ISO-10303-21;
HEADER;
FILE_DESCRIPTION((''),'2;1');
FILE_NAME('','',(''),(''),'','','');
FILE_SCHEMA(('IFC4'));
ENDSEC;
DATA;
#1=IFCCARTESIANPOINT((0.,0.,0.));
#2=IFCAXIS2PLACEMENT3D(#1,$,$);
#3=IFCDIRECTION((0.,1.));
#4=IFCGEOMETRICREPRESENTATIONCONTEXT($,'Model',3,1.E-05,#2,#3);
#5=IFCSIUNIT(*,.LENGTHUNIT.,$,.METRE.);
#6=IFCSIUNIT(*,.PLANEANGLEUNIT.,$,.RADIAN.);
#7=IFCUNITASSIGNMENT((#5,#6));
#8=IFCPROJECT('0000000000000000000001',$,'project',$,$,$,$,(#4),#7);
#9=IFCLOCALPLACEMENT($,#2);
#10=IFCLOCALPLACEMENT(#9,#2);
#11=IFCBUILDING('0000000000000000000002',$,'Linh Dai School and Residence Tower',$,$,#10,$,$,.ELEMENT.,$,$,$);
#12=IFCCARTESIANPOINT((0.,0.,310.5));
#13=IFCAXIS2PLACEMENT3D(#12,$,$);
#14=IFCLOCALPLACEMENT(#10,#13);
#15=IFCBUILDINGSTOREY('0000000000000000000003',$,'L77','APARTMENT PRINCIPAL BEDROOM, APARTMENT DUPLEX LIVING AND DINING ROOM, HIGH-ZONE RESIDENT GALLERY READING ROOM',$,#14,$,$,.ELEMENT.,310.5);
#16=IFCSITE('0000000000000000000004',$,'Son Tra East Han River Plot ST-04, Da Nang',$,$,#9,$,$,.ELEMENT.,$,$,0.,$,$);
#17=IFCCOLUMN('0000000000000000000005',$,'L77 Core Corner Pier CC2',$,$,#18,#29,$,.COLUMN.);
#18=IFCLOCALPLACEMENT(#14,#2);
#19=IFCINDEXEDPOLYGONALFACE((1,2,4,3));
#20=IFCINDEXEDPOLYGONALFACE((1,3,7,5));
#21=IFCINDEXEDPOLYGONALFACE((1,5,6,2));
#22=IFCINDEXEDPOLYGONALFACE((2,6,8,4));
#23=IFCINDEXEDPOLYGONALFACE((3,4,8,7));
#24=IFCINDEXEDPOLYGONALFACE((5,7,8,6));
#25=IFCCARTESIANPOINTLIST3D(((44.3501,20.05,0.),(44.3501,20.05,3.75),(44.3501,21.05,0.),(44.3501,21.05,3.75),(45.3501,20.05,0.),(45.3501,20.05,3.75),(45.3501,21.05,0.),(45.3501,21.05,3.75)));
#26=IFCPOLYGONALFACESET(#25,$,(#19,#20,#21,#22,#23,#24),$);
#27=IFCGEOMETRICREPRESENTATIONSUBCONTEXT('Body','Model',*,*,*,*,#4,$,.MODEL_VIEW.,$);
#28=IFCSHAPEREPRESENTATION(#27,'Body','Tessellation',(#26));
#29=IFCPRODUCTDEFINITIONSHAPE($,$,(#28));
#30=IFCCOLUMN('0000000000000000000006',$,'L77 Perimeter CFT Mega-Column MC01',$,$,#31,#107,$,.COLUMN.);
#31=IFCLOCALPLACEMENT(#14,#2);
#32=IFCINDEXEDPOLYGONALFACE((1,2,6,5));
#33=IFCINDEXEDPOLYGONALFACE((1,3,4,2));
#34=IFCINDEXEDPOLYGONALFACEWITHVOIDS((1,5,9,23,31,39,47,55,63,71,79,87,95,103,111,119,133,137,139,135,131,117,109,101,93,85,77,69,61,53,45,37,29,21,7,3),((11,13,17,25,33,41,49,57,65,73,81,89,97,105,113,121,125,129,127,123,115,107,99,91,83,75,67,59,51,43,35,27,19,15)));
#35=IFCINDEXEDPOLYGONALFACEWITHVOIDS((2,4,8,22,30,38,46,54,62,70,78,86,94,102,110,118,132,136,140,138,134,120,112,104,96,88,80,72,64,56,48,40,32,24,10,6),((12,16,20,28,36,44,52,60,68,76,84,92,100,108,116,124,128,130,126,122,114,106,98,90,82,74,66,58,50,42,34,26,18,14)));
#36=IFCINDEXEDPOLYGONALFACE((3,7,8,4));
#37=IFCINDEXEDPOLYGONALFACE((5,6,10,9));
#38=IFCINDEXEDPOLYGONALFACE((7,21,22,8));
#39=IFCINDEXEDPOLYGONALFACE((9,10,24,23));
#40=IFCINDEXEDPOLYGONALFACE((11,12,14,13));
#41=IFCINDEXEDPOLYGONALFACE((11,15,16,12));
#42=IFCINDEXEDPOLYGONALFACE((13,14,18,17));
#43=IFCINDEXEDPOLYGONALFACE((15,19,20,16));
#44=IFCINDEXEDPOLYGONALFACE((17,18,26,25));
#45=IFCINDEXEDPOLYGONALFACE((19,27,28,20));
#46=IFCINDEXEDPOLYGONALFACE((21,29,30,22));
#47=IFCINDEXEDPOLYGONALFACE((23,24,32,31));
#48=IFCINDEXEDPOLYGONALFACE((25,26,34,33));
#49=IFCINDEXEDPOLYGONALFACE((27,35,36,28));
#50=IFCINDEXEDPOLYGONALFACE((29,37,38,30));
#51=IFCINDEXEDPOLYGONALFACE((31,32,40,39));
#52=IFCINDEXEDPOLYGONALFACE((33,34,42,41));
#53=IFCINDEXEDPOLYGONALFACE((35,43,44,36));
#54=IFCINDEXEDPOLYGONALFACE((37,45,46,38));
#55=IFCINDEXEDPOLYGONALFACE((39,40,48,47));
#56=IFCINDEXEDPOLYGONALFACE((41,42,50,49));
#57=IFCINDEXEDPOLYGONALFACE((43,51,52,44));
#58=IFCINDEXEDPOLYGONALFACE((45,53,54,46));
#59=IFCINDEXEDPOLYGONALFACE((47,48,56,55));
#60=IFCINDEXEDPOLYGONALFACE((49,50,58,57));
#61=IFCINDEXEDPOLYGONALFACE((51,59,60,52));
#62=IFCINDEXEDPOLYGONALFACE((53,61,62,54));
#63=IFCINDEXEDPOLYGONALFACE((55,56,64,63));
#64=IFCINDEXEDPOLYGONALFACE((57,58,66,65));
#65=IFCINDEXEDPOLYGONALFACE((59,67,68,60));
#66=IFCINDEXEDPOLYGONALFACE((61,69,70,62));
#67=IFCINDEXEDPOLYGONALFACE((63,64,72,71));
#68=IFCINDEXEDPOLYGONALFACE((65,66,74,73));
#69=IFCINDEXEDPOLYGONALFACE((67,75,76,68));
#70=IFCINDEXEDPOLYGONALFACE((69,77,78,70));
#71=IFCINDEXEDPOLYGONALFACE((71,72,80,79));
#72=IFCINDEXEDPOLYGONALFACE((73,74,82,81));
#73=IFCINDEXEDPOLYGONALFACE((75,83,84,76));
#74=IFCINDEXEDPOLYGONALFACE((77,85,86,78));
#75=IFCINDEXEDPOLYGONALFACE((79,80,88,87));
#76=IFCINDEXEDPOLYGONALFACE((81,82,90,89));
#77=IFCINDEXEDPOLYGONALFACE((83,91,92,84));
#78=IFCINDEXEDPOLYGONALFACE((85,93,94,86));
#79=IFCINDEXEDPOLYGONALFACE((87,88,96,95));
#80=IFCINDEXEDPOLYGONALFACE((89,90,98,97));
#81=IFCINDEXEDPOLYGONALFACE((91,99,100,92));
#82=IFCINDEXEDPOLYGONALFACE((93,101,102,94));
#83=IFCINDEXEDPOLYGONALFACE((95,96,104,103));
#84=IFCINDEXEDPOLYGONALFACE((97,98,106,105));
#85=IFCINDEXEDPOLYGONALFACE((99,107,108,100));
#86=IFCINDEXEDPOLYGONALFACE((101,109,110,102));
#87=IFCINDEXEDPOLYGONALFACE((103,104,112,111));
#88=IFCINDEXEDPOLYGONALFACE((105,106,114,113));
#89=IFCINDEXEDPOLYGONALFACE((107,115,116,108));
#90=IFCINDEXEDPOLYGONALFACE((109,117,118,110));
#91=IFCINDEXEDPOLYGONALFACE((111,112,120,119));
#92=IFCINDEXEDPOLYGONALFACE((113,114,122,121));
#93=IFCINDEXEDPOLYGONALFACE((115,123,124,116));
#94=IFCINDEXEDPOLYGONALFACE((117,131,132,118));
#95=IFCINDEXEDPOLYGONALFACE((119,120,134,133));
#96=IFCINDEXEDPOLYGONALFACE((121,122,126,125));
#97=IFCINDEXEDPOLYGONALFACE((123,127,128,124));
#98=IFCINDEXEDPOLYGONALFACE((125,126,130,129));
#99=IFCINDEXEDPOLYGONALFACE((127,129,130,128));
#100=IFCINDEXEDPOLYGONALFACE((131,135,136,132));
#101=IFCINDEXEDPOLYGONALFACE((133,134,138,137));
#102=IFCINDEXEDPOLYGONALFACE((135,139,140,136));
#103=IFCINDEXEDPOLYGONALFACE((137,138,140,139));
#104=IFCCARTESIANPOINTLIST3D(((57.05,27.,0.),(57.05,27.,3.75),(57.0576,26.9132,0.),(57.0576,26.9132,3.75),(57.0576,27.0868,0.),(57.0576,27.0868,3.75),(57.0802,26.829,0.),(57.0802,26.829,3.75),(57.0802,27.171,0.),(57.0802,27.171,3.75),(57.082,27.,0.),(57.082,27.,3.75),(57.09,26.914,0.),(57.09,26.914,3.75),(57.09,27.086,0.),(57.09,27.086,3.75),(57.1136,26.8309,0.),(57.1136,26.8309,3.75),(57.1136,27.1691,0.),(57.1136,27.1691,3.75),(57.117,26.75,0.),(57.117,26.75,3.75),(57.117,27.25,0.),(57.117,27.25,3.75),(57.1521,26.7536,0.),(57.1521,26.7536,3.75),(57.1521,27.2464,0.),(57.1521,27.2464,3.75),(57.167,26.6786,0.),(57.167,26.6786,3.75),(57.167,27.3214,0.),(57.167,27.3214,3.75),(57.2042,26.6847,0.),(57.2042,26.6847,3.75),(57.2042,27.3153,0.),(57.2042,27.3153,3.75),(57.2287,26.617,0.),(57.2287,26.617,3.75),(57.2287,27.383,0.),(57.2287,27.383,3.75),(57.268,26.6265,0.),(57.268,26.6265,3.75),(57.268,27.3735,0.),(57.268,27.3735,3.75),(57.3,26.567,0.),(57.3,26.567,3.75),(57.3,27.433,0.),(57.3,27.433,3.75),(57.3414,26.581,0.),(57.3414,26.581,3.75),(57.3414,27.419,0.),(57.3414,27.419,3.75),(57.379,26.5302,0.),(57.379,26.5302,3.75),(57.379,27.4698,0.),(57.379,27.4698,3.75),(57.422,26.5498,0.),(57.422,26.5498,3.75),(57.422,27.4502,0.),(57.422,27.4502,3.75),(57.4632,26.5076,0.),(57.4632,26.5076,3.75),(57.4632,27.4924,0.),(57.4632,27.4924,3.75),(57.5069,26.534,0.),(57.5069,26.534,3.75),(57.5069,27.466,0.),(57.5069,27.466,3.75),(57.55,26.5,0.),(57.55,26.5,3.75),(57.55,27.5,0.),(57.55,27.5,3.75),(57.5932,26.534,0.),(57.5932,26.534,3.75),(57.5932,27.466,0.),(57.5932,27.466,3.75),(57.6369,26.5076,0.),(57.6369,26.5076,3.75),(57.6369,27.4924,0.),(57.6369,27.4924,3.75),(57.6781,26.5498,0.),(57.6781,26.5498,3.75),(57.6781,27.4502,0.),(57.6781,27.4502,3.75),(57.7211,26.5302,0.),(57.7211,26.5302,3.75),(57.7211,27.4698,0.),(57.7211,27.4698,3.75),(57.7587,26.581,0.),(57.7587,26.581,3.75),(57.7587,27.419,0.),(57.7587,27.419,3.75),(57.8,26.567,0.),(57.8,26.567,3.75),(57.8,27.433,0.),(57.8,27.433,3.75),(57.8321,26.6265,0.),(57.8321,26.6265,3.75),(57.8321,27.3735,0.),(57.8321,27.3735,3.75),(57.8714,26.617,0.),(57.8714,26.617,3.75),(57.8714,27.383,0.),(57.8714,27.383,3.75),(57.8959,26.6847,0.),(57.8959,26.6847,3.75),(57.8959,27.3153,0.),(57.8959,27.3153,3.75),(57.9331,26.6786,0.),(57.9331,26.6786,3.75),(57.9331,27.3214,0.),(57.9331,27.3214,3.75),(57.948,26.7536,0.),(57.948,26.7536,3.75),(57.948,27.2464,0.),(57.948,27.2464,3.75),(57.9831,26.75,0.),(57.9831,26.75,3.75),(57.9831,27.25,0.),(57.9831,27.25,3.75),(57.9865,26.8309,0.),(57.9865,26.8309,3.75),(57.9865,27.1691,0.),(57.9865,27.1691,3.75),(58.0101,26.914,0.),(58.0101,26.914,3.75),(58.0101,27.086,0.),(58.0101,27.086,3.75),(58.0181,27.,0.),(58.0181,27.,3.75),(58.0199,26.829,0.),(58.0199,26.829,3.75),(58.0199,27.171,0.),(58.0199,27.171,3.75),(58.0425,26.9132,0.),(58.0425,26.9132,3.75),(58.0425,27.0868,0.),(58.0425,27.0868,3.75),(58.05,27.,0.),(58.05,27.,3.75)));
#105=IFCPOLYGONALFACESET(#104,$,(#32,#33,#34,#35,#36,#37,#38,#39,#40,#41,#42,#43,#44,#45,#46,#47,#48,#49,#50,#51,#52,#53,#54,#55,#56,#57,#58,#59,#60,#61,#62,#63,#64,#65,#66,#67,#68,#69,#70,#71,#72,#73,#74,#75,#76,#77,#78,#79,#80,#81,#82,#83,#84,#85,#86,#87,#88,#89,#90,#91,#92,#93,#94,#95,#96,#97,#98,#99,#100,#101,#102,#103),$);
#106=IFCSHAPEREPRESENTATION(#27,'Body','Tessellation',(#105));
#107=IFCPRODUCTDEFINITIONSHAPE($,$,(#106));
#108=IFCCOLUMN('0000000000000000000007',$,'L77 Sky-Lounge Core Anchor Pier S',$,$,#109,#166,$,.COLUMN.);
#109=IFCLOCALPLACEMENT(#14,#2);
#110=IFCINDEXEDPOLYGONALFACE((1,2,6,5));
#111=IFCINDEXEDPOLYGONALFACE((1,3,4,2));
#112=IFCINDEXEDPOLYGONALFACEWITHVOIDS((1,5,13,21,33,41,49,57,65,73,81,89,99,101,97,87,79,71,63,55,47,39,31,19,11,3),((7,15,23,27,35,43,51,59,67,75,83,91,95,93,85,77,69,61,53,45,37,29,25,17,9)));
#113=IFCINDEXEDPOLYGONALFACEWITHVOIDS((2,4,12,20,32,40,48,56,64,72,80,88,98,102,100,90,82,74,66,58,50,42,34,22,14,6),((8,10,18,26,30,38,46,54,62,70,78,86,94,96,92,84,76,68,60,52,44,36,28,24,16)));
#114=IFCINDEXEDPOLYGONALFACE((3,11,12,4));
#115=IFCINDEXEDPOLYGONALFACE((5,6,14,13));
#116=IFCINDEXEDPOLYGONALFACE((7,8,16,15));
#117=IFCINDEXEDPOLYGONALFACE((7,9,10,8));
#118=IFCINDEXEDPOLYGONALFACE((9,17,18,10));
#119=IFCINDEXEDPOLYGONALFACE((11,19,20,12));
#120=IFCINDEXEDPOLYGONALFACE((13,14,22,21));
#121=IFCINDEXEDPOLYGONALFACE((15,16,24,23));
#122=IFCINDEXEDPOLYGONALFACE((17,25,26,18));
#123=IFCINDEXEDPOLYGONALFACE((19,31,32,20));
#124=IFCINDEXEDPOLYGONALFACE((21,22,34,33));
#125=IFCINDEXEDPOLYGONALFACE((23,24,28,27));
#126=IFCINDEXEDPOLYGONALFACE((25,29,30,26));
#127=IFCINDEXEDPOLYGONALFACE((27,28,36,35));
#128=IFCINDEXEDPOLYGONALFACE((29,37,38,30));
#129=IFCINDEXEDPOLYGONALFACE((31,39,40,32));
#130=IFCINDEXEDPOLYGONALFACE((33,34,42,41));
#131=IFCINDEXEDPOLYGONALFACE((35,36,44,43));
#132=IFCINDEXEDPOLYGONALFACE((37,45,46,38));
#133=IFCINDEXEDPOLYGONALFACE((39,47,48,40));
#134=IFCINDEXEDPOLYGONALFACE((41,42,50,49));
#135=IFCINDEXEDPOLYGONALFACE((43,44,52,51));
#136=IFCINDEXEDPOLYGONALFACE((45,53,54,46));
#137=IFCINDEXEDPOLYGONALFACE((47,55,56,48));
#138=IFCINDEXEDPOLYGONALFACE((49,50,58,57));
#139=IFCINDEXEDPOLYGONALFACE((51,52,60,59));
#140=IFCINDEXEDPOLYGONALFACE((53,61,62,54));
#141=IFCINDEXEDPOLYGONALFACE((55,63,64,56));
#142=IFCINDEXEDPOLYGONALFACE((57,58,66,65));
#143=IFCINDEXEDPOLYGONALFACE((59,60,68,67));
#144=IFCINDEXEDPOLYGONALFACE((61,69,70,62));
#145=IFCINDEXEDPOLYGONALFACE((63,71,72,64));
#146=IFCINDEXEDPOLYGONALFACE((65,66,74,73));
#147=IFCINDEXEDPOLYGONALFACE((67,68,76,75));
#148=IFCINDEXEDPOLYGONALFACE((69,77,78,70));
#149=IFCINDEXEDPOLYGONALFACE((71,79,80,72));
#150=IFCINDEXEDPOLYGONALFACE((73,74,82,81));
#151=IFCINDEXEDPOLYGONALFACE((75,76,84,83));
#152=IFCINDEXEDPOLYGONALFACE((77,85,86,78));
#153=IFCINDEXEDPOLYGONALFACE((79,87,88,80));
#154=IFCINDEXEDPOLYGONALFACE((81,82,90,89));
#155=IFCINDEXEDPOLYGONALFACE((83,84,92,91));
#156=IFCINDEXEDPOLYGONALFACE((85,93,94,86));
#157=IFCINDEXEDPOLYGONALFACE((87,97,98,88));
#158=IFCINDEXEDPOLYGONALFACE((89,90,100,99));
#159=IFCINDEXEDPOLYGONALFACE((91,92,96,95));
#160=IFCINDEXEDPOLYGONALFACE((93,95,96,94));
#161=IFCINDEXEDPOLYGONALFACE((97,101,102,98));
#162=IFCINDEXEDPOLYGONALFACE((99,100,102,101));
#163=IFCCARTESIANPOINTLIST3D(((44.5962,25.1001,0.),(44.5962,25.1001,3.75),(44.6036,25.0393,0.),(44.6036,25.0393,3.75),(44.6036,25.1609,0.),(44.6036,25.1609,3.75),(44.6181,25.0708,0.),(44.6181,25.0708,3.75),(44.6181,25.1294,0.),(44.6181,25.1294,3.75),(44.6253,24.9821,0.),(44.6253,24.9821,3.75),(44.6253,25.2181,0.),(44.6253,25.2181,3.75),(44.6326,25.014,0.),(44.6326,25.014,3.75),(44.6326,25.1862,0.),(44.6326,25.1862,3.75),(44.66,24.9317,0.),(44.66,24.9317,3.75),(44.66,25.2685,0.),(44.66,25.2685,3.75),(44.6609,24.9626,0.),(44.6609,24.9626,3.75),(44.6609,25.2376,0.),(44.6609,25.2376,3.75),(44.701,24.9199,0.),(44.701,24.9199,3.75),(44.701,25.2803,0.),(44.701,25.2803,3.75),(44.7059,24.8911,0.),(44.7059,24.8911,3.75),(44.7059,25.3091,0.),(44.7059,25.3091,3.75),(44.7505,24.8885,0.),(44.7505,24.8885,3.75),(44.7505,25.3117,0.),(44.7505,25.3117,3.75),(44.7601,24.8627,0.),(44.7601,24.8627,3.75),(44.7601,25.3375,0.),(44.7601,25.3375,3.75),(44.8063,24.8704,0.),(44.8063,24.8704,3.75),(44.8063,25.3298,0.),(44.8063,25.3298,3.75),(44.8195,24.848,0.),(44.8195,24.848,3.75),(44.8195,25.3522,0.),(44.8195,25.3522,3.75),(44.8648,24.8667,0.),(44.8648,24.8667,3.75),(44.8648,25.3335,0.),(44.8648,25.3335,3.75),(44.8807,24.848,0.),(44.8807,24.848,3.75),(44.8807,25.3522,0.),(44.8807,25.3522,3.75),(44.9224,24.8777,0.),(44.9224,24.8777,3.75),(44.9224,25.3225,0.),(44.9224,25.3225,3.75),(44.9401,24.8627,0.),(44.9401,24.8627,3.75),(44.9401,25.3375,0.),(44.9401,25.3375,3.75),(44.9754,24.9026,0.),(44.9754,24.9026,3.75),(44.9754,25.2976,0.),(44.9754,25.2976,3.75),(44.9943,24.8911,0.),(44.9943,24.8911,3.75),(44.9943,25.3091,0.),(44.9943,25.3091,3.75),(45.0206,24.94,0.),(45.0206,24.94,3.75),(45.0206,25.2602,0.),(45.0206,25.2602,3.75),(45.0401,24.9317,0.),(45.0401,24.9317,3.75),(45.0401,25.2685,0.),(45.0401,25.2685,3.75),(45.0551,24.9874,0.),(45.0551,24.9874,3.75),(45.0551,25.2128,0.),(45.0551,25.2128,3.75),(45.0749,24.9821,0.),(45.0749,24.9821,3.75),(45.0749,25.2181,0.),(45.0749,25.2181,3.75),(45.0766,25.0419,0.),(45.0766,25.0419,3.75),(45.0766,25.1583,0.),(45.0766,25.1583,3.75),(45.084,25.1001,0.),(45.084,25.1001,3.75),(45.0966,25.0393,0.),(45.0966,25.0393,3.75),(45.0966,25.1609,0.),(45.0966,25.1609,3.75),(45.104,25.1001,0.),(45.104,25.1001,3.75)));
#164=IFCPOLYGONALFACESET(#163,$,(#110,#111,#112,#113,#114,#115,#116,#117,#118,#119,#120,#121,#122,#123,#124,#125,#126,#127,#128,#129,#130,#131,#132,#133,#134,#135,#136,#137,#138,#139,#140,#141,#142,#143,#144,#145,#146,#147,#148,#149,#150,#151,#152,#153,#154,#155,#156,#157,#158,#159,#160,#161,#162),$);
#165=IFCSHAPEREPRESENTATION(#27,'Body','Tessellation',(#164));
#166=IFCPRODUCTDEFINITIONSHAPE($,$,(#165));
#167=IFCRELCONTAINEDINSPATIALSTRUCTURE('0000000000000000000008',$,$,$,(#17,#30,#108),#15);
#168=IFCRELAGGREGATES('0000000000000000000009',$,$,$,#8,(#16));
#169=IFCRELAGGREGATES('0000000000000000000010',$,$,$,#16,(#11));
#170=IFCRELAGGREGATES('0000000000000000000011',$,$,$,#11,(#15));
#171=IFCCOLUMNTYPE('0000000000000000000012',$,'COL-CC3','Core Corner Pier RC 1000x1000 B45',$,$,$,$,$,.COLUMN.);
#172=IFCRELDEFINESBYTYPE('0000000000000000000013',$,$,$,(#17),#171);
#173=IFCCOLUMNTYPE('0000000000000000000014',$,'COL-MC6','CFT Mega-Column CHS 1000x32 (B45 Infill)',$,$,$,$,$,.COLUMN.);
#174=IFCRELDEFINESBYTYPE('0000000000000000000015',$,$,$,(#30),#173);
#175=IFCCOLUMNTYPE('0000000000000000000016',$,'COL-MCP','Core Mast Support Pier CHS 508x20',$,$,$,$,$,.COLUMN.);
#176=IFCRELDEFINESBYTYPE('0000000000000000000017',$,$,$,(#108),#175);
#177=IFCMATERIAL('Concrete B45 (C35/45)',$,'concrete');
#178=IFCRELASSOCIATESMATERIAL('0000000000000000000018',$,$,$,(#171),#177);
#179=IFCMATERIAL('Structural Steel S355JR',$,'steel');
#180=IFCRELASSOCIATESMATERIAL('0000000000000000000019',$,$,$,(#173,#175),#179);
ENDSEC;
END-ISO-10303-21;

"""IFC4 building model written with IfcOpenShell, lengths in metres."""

from ifc_helpers import new_model, si_unit, direction, frame, origin, origin_2d, place, context, subcontext, project, spatial, rectangle, hollow_circle, extrude, material, material_profile, profile_set, type_object, element, save


model = new_model("IFC4")

# Units and contexts
model_context = context("Model", 3, precision=1e-05, world=origin(), true_north=direction((0.0, 1.0)))
body_context = subcontext(model_context, "Body", "Model", "MODEL_VIEW")
ifc_project = project(units=[si_unit("LENGTHUNIT", "METRE"), si_unit("PLANEANGLEUNIT", "RADIAN")], contexts=[model_context])

# Site, building, storey
site_placement = place(None, origin())
site = spatial("IfcSite", under=ifc_project, at=site_placement, Name="Son Tra East Han River Plot ST-04, Da Nang", CompositionType="ELEMENT", RefElevation=0.0)
building_placement = place(site_placement, origin())
building = spatial("IfcBuilding", under=site, at=building_placement, Name="Linh Dai School and Residence Tower", CompositionType="ELEMENT")
storey_placement = place(building_placement, frame((0.0, 0.0, 310.5)))
storey = spatial("IfcBuildingStorey", under=building, at=storey_placement, Name="L77", Description="APARTMENT PRINCIPAL BEDROOM, APARTMENT DUPLEX LIVING AND DINING ROOM, HIGH-ZONE RESIDENT GALLERY READING ROOM", CompositionType="ELEMENT", Elevation=310.5)

# Columns
ifc_material_1 = material(Name="Concrete B45 (C35/45)", Category="concrete")
ifc_material_profile_1 = material_profile(ifc_material_1, rectangle(XDim=1.0, YDim=1.0, at=origin_2d()), Name="RC 1000x1000")
ifc_profile_set_1 = profile_set([ifc_material_profile_1], Name="Concrete B45 (C35/45)")
column_type_1 = type_object("IfcColumnType", Name="COL-CC3", Description="Core Corner Pier RC 1000x1000 B45", PredefinedType="COLUMN", material=ifc_profile_set_1)
column_1_placement = place(storey_placement, frame((44.8501, 20.55, 0.0), z_axis=(0.0, 0.0, 1.0), x_axis=(1.0, 0.0, 0.0)))
element("IfcColumn", 1, at=column_1_placement, inside=storey, type_object=column_type_1, Name="L77 Core Corner Pier CC2", PredefinedType="COLUMN", context=body_context, shape_type="SweptSolid", body=[
    extrude(rectangle(XDim=1.0, YDim=1.0, at=origin_2d()), origin(), (0.0, 0.0, 1.0), 3.75),
])
ifc_material_2 = material(Name="Structural Steel S355JR", Category="steel")
ifc_material_profile_2 = material_profile(ifc_material_2, hollow_circle(Radius=0.5, WallThickness=0.032, at=origin_2d()), Name="CHS 1000x32")
ifc_profile_set_2 = profile_set([ifc_material_profile_2], Name="Structural Steel S355JR")
column_type_2 = type_object("IfcColumnType", Name="COL-MC6", Description="CFT Mega-Column CHS 1000x32 (B45 Infill)", PredefinedType="COLUMN", material=ifc_profile_set_2)
column_2_placement = place(storey_placement, frame((57.55, 27.0, 0.0), z_axis=(0.0, 0.0, 1.0), x_axis=(1.0, 0.0, 0.0)))
element("IfcColumn", 2, at=column_2_placement, inside=storey, type_object=column_type_2, Name="L77 Perimeter CFT Mega-Column MC01", PredefinedType="COLUMN", context=body_context, shape_type="SweptSolid", body=[
    extrude(hollow_circle(Radius=0.5, WallThickness=0.032, at=origin_2d()), origin(), (0.0, 0.0, 1.0), 3.75),
])
ifc_material_profile_3 = material_profile(ifc_material_2, hollow_circle(Radius=0.2539, WallThickness=0.02, at=origin_2d()), Name="CHS 508x20")
ifc_profile_set_3 = profile_set([ifc_material_profile_3], Name="Structural Steel S355JR")
column_type_3 = type_object("IfcColumnType", Name="COL-MCP", Description="Core Mast Support Pier CHS 508x20", PredefinedType="COLUMN", material=ifc_profile_set_3)
column_3_placement = place(storey_placement, frame((44.8501, 25.1001, 0.0), z_axis=(0.0, 0.0, 1.0), x_axis=(1.0, 0.0, 0.0)))
element("IfcColumn", 3, at=column_3_placement, inside=storey, type_object=column_type_3, Name="L77 Sky-Lounge Core Anchor Pier S", PredefinedType="COLUMN", context=body_context, shape_type="SweptSolid", body=[
    extrude(hollow_circle(Radius=0.2539, WallThickness=0.02, at=origin_2d()), origin(), (0.0, 0.0, 1.0), 3.75),
])

save(model, "model.ifc")
